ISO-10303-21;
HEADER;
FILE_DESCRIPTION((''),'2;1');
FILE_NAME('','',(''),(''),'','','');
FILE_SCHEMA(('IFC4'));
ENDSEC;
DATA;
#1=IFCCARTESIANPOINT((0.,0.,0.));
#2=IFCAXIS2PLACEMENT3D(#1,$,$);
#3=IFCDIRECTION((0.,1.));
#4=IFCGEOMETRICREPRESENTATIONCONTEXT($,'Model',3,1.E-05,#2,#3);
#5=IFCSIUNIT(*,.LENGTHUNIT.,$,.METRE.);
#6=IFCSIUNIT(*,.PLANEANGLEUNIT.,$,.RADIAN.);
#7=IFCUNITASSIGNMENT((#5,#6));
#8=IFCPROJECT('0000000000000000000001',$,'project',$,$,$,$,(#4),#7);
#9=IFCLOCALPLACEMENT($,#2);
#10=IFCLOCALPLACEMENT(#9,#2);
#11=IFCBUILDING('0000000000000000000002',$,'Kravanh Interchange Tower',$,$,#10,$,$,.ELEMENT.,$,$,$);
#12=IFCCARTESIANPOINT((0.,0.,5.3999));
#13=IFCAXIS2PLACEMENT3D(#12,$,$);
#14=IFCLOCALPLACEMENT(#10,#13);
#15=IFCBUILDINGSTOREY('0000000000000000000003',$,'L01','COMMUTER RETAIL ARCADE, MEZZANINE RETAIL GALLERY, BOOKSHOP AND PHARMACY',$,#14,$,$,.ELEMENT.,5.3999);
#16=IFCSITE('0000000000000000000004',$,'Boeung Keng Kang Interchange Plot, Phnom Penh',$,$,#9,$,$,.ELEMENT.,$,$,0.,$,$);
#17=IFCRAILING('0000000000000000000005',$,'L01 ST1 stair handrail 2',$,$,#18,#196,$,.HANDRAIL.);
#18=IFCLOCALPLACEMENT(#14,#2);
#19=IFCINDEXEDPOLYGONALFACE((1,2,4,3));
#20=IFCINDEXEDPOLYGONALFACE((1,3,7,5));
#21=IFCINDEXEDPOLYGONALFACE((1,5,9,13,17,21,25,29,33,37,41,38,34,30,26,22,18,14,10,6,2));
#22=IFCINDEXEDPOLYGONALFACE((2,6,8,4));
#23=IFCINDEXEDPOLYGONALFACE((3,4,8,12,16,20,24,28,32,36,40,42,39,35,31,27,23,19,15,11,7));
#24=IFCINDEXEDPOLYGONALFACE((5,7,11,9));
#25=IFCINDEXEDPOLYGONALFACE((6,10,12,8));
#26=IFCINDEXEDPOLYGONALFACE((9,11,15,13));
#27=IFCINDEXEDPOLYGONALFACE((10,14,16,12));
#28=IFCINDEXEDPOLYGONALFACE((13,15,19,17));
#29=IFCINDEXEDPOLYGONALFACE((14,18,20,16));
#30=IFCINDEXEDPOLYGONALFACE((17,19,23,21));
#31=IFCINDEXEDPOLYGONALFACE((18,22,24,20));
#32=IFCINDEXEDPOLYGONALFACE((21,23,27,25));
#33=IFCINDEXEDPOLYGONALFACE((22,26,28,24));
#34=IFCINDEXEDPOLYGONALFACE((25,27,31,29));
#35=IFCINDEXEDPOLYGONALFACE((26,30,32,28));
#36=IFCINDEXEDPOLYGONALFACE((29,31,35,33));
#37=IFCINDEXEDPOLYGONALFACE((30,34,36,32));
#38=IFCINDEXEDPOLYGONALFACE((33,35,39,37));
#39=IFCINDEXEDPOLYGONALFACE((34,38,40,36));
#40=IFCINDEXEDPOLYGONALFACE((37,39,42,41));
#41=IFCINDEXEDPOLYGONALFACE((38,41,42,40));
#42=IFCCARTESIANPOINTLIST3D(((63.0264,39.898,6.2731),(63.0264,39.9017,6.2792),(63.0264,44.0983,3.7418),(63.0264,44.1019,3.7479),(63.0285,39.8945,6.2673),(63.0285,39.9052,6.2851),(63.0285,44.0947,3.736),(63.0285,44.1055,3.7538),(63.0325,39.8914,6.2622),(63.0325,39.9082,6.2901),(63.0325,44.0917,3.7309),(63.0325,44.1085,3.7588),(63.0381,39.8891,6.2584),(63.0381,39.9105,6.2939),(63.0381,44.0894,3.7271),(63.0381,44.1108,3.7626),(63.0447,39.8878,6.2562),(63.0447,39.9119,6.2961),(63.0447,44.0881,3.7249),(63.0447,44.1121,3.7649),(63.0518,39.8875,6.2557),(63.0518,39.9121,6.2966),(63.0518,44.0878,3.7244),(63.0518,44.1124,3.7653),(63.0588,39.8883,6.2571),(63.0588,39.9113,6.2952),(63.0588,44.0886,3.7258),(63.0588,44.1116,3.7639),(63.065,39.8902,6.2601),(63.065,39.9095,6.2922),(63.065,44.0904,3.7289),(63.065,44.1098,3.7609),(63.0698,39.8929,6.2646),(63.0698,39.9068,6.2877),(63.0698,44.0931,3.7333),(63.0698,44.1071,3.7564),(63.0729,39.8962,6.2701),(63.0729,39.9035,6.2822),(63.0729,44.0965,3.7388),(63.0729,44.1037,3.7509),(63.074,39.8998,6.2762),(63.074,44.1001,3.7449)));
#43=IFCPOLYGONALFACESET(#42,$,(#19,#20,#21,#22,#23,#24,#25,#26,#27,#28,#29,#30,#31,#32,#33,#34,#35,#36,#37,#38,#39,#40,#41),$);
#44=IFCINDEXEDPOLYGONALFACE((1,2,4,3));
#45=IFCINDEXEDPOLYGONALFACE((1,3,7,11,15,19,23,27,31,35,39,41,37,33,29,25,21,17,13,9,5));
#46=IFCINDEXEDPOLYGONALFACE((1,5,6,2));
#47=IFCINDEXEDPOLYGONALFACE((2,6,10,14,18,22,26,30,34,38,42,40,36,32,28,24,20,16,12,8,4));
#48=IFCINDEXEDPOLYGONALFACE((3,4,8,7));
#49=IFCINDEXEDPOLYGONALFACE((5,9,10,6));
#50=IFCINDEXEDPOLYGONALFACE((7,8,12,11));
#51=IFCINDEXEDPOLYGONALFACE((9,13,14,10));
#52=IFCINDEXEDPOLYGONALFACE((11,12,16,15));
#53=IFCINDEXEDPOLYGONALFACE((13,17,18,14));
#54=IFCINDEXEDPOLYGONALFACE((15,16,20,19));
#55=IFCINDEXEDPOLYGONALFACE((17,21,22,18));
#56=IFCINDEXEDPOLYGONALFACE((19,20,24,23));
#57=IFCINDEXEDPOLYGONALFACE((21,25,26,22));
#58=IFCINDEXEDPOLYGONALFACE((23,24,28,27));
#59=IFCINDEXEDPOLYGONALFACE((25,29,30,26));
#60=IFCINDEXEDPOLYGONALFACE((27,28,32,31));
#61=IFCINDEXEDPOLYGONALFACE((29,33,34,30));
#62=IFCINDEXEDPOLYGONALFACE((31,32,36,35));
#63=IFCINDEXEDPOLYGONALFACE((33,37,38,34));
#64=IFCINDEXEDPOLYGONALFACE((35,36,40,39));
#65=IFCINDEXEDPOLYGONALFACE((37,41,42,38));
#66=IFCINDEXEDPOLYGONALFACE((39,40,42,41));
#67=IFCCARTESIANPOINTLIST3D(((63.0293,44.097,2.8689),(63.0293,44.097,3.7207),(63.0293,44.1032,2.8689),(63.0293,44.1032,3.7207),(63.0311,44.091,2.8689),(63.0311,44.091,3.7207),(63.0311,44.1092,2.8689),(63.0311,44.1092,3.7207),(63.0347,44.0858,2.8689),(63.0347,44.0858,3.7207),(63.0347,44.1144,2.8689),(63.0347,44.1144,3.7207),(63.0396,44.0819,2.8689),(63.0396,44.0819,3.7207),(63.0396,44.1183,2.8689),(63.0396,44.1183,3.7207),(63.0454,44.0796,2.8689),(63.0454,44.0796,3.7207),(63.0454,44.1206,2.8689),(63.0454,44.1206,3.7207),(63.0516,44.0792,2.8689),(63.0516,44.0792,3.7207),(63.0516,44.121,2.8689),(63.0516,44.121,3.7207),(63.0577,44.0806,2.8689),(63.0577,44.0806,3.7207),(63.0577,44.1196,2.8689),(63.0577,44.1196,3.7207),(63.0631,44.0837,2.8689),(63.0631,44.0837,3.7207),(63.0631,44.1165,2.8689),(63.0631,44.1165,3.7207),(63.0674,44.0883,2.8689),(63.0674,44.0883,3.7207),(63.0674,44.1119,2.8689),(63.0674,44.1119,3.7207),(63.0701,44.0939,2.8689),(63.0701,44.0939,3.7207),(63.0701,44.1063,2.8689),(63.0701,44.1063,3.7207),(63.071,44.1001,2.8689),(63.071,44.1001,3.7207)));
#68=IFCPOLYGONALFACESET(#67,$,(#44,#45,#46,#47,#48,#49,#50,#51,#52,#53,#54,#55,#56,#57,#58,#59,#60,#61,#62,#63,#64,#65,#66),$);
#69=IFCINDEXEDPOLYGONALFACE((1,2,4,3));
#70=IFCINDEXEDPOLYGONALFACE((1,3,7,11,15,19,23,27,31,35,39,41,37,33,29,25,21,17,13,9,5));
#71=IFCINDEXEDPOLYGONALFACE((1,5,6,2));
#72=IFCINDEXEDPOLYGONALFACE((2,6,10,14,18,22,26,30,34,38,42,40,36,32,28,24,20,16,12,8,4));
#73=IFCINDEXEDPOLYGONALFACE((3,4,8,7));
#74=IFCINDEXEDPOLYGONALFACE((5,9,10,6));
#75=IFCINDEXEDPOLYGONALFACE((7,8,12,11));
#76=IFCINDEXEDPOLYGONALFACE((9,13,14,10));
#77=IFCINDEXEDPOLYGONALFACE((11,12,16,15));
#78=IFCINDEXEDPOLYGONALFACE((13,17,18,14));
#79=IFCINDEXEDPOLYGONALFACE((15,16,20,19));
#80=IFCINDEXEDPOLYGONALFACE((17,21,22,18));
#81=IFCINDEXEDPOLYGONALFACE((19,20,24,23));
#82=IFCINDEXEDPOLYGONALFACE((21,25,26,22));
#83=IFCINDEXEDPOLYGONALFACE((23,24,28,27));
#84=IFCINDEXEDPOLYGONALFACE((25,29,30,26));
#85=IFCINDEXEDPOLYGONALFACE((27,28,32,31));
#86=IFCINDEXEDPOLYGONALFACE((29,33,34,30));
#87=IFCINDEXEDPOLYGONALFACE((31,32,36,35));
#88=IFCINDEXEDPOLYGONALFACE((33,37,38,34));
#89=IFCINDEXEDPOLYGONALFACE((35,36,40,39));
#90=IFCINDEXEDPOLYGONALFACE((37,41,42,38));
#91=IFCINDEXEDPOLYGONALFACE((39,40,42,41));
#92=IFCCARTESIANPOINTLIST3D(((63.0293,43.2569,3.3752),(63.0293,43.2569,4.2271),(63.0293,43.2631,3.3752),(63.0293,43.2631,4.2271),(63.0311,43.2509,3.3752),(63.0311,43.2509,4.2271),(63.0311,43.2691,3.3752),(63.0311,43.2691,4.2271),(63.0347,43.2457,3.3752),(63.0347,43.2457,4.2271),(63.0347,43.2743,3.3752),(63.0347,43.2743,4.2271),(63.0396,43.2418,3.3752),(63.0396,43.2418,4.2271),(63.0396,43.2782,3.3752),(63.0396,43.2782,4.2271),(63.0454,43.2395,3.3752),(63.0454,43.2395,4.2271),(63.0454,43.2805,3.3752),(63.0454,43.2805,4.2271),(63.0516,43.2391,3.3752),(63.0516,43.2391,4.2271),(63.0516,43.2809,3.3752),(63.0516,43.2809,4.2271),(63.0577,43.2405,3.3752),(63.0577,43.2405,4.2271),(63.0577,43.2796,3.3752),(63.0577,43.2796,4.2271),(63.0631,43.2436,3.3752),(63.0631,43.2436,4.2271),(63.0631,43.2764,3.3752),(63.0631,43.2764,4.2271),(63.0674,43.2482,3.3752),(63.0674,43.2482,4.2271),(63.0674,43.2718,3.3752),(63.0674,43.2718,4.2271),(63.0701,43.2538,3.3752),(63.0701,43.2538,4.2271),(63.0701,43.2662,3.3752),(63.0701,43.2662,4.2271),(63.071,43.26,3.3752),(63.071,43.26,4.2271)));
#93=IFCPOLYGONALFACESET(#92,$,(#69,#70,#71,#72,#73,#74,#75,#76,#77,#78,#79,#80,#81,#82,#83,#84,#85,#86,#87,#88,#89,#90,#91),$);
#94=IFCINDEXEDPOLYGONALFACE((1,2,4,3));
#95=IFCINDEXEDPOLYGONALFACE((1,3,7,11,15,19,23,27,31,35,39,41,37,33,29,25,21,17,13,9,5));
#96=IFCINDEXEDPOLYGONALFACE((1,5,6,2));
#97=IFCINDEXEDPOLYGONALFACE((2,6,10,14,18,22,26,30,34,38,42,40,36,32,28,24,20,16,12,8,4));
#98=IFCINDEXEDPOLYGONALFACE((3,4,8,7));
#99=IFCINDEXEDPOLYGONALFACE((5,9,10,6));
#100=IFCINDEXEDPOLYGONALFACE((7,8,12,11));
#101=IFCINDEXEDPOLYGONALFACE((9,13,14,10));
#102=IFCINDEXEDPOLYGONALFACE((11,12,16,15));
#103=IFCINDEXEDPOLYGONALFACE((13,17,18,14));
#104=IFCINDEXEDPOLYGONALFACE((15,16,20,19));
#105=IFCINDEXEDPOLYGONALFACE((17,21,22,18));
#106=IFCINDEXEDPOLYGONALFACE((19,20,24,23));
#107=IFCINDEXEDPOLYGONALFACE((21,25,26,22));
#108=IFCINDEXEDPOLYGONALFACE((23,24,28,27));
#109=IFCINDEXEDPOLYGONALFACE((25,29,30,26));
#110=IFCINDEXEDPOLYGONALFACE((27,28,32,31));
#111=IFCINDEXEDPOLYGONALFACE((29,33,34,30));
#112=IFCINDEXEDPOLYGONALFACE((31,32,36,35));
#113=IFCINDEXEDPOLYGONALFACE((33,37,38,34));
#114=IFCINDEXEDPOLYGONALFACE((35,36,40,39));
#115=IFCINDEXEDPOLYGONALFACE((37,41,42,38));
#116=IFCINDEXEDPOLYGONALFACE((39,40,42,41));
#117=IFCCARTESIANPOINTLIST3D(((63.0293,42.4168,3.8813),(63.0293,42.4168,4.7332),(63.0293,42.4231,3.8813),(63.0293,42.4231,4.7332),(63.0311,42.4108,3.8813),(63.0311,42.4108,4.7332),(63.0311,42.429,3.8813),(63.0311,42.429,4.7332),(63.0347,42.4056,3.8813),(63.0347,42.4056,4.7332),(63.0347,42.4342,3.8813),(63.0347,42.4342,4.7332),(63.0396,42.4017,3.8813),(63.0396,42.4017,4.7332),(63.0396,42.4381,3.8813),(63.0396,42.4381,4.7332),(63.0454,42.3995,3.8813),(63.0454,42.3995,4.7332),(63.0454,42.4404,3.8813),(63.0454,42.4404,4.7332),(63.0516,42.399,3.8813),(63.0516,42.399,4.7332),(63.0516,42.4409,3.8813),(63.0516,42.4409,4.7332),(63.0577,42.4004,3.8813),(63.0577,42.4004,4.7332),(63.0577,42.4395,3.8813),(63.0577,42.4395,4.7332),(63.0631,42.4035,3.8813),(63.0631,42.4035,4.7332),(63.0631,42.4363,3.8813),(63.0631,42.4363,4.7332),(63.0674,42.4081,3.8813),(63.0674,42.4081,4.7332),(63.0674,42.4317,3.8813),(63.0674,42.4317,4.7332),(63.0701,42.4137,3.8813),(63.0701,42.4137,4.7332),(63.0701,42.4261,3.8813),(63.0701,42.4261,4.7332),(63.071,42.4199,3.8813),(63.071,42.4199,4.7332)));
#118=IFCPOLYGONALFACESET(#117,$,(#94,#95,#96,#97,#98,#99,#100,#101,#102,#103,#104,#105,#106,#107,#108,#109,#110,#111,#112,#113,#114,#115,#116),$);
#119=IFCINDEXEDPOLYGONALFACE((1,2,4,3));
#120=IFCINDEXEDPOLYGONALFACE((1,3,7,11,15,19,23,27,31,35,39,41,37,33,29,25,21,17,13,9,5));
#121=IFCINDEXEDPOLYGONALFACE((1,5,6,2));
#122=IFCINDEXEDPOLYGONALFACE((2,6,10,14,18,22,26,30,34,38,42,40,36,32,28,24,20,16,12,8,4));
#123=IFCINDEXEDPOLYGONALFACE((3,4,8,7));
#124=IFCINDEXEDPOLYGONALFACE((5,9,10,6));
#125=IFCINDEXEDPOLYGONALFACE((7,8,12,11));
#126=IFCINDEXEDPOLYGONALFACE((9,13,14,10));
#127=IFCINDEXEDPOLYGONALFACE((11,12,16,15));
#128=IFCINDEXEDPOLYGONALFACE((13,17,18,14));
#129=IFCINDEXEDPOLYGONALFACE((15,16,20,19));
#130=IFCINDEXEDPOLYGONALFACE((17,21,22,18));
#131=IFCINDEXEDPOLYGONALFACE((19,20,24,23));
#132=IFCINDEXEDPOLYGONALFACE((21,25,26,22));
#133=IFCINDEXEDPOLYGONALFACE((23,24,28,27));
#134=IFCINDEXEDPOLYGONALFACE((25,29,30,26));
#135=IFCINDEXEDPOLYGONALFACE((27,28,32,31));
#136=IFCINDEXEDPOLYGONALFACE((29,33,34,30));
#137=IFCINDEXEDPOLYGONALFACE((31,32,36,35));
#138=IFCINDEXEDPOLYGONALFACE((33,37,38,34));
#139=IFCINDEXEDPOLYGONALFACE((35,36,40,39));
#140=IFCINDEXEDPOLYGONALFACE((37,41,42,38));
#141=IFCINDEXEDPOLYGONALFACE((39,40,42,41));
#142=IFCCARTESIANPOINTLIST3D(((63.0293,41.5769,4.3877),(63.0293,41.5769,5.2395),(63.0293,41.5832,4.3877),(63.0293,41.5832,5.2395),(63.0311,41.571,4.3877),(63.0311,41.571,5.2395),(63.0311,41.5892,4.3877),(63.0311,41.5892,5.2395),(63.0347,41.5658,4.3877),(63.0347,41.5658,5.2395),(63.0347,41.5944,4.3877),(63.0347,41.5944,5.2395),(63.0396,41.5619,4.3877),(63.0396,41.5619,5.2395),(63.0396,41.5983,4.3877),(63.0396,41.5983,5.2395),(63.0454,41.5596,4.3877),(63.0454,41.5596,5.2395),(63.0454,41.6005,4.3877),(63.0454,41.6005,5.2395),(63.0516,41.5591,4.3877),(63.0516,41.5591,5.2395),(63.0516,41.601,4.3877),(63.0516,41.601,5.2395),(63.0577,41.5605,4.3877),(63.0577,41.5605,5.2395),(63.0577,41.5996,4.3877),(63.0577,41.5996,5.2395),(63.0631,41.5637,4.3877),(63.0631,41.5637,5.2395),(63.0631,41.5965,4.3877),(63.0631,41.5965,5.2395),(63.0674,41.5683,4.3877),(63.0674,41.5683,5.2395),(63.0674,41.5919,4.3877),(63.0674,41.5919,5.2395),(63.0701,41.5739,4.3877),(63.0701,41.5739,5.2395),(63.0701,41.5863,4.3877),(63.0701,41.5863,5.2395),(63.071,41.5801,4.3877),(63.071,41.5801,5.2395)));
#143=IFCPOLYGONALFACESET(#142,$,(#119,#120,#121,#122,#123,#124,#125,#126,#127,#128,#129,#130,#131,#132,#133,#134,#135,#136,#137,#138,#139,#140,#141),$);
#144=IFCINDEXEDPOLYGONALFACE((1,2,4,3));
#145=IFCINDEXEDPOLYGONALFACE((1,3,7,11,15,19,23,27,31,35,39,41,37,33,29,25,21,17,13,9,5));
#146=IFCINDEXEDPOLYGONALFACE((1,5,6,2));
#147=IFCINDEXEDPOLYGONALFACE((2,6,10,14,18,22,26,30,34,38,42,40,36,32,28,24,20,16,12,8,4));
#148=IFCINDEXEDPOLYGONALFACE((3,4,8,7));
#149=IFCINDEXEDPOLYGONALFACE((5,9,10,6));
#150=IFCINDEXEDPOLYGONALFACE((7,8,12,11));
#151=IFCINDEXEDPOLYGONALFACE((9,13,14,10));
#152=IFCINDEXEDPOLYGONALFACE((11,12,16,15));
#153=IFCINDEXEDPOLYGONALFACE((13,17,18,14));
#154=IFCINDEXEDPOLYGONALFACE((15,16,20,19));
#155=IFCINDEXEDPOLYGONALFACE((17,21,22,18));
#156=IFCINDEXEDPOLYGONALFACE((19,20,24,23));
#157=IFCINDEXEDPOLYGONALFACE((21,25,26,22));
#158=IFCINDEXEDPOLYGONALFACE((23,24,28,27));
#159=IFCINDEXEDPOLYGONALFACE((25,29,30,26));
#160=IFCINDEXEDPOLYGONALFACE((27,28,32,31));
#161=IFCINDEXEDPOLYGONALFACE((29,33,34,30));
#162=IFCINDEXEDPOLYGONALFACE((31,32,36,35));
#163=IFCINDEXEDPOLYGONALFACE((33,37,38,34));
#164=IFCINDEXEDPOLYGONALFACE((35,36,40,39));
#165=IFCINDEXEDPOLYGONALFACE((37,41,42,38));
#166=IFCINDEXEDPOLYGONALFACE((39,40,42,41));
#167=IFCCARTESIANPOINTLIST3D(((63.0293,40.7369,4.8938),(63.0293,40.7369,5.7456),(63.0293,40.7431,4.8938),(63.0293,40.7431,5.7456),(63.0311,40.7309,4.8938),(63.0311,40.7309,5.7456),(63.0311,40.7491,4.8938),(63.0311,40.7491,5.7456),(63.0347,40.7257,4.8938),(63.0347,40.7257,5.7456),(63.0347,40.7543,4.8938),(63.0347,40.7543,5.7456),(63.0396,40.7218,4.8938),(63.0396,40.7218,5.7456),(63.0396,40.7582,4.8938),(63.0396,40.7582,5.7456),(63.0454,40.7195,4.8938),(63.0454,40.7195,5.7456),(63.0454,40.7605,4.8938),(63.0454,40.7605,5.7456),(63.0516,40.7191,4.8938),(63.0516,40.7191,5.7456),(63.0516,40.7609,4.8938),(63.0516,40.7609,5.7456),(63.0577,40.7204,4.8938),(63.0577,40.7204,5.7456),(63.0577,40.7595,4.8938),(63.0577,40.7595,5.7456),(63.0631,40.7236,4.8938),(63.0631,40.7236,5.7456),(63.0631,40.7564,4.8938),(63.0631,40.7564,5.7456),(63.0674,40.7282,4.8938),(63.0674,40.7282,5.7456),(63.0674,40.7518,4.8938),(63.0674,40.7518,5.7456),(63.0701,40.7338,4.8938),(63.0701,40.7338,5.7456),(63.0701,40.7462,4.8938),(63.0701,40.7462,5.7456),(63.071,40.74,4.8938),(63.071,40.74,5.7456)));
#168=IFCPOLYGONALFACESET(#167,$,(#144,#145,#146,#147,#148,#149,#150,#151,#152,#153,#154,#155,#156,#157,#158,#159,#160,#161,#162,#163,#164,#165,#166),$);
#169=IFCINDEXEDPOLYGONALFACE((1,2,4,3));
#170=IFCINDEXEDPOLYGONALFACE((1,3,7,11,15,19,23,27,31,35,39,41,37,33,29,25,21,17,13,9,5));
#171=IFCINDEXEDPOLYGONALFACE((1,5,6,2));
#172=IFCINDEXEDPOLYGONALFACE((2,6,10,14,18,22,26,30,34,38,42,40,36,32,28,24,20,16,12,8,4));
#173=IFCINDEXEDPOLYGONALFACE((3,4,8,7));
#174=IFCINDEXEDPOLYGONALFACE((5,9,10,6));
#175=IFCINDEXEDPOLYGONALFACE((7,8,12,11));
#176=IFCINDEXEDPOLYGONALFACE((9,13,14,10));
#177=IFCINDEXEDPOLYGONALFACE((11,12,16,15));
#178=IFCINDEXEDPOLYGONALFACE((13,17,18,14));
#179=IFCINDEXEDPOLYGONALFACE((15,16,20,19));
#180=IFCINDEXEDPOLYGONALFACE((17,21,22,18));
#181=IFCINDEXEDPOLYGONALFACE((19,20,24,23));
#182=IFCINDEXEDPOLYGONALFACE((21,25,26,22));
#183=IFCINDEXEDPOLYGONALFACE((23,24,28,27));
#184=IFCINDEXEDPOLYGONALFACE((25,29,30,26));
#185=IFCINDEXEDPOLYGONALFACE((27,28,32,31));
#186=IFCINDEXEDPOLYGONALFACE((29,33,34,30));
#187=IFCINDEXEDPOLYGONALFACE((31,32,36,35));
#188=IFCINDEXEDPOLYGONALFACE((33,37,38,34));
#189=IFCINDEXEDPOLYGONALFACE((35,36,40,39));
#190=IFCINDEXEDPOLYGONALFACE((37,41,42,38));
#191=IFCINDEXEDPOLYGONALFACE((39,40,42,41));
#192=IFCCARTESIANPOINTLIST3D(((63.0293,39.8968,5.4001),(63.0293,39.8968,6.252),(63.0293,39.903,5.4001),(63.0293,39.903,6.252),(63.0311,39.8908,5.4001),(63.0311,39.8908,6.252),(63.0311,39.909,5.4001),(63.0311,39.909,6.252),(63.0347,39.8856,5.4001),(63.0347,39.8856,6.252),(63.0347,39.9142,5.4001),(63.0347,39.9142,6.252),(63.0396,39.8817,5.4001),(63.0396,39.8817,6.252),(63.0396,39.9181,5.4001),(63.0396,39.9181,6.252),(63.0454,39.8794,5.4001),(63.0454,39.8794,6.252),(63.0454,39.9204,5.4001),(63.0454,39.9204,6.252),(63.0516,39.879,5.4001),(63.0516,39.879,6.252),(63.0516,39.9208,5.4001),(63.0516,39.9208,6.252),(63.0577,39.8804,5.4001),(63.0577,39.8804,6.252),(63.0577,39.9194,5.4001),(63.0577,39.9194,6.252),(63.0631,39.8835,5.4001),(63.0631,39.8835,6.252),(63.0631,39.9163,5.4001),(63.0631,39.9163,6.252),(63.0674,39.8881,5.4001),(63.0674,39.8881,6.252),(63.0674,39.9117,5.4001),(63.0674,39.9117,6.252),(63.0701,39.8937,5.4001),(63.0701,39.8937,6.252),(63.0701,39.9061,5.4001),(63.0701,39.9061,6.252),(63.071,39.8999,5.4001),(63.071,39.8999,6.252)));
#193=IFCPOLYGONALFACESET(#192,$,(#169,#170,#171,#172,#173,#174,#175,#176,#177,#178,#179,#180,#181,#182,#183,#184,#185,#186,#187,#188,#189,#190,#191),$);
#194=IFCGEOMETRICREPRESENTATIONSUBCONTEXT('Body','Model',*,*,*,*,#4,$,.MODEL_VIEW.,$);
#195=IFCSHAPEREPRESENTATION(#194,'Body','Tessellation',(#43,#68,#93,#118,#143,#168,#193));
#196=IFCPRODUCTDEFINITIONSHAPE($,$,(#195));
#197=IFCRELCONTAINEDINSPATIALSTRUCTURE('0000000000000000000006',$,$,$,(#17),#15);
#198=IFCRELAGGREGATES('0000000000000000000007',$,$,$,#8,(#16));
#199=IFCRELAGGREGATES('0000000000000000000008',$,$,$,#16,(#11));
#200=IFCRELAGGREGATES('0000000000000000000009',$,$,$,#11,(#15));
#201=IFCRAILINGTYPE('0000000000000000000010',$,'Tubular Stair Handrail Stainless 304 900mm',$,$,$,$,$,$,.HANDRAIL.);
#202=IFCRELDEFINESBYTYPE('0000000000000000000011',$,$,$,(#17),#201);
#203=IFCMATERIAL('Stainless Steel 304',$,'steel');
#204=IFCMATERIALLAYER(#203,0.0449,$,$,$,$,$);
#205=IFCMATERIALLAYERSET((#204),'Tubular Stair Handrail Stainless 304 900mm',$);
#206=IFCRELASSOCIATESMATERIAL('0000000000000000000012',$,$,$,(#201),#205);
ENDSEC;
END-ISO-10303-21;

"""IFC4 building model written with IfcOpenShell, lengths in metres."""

from ifc_helpers import new_model, si_unit, direction, frame, origin, origin_2d, place, context, subcontext, project, spatial, circle, extrude, material, layer, layer_set, type_object, element, save


model = new_model("IFC4")

# Units and contexts
model_context = context("Model", 3, precision=1e-05, world=origin(), true_north=direction((0.0, 1.0)))
body_context = subcontext(model_context, "Body", "Model", "MODEL_VIEW")
ifc_project = project(units=[si_unit("LENGTHUNIT", "METRE"), si_unit("PLANEANGLEUNIT", "RADIAN")], contexts=[model_context])

# Site, building, storey
site_placement = place(None, origin())
site = spatial("IfcSite", under=ifc_project, at=site_placement, Name="Boeung Keng Kang Interchange Plot, Phnom Penh", CompositionType="ELEMENT", RefElevation=0.0)
building_placement = place(site_placement, origin())
building = spatial("IfcBuilding", under=site, at=building_placement, Name="Kravanh Interchange Tower", CompositionType="ELEMENT")
storey_placement = place(building_placement, frame((0.0, 0.0, 5.3999)))
storey = spatial("IfcBuildingStorey", under=building, at=storey_placement, Name="L01", Description="COMMUTER RETAIL ARCADE, MEZZANINE RETAIL GALLERY, BOOKSHOP AND PHARMACY", CompositionType="ELEMENT", Elevation=5.3999)

# Railing
ifc_material_1 = material(Name="Stainless Steel 304", Category="steel")
ifc_layer_1 = layer(ifc_material_1, 0.0449)
ifc_layer_set_1 = layer_set([ifc_layer_1], Name="Tubular Stair Handrail Stainless 304 900mm")
railing_type_1 = type_object("IfcRailingType", Name="Tubular Stair Handrail Stainless 304 900mm", PredefinedType="HANDRAIL", material=ifc_layer_set_1)
railing_1_placement = place(storey_placement, frame((63.05, 44.1001, 2.8689)))
element("IfcRailing", 1, at=railing_1_placement, inside=storey, type_object=railing_type_1, Name="L01 ST1 stair handrail 2", PredefinedType="HANDRAIL", context=body_context, shape_type="SweptSolid", body=[
    extrude(circle(Radius=0.0239, at=origin_2d()), frame((0.0, 0.0, 0.876), z_axis=(0.0, -0.85649, 0.516164), x_axis=(1.0, 0.0, 0.0)), (0.0, 0.0, 1.0), 4.9041),
    extrude(circle(Radius=0.021, at=origin_2d()), origin(), (0.0, 0.0, 1.0), 0.8518),
    extrude(circle(Radius=0.021, at=origin_2d()), frame((0.0, -0.8401, 0.5063)), (0.0, 0.0, 1.0), 0.8518),
    extrude(circle(Radius=0.021, at=origin_2d()), frame((0.0, -1.6802, 1.0125)), (0.0, 0.0, 1.0), 0.8518),
    extrude(circle(Radius=0.021, at=origin_2d()), frame((0.0, -2.52, 1.5188)), (0.0, 0.0, 1.0), 0.8518),
    extrude(circle(Radius=0.021, at=origin_2d()), frame((0.0, -3.3601, 2.0249)), (0.0, 0.0, 1.0), 0.8518),
    extrude(circle(Radius=0.021, at=origin_2d()), frame((0.0, -4.2002, 2.5312)), (0.0, 0.0, 1.0), 0.8518),
])

save(model, "model.ifc")
